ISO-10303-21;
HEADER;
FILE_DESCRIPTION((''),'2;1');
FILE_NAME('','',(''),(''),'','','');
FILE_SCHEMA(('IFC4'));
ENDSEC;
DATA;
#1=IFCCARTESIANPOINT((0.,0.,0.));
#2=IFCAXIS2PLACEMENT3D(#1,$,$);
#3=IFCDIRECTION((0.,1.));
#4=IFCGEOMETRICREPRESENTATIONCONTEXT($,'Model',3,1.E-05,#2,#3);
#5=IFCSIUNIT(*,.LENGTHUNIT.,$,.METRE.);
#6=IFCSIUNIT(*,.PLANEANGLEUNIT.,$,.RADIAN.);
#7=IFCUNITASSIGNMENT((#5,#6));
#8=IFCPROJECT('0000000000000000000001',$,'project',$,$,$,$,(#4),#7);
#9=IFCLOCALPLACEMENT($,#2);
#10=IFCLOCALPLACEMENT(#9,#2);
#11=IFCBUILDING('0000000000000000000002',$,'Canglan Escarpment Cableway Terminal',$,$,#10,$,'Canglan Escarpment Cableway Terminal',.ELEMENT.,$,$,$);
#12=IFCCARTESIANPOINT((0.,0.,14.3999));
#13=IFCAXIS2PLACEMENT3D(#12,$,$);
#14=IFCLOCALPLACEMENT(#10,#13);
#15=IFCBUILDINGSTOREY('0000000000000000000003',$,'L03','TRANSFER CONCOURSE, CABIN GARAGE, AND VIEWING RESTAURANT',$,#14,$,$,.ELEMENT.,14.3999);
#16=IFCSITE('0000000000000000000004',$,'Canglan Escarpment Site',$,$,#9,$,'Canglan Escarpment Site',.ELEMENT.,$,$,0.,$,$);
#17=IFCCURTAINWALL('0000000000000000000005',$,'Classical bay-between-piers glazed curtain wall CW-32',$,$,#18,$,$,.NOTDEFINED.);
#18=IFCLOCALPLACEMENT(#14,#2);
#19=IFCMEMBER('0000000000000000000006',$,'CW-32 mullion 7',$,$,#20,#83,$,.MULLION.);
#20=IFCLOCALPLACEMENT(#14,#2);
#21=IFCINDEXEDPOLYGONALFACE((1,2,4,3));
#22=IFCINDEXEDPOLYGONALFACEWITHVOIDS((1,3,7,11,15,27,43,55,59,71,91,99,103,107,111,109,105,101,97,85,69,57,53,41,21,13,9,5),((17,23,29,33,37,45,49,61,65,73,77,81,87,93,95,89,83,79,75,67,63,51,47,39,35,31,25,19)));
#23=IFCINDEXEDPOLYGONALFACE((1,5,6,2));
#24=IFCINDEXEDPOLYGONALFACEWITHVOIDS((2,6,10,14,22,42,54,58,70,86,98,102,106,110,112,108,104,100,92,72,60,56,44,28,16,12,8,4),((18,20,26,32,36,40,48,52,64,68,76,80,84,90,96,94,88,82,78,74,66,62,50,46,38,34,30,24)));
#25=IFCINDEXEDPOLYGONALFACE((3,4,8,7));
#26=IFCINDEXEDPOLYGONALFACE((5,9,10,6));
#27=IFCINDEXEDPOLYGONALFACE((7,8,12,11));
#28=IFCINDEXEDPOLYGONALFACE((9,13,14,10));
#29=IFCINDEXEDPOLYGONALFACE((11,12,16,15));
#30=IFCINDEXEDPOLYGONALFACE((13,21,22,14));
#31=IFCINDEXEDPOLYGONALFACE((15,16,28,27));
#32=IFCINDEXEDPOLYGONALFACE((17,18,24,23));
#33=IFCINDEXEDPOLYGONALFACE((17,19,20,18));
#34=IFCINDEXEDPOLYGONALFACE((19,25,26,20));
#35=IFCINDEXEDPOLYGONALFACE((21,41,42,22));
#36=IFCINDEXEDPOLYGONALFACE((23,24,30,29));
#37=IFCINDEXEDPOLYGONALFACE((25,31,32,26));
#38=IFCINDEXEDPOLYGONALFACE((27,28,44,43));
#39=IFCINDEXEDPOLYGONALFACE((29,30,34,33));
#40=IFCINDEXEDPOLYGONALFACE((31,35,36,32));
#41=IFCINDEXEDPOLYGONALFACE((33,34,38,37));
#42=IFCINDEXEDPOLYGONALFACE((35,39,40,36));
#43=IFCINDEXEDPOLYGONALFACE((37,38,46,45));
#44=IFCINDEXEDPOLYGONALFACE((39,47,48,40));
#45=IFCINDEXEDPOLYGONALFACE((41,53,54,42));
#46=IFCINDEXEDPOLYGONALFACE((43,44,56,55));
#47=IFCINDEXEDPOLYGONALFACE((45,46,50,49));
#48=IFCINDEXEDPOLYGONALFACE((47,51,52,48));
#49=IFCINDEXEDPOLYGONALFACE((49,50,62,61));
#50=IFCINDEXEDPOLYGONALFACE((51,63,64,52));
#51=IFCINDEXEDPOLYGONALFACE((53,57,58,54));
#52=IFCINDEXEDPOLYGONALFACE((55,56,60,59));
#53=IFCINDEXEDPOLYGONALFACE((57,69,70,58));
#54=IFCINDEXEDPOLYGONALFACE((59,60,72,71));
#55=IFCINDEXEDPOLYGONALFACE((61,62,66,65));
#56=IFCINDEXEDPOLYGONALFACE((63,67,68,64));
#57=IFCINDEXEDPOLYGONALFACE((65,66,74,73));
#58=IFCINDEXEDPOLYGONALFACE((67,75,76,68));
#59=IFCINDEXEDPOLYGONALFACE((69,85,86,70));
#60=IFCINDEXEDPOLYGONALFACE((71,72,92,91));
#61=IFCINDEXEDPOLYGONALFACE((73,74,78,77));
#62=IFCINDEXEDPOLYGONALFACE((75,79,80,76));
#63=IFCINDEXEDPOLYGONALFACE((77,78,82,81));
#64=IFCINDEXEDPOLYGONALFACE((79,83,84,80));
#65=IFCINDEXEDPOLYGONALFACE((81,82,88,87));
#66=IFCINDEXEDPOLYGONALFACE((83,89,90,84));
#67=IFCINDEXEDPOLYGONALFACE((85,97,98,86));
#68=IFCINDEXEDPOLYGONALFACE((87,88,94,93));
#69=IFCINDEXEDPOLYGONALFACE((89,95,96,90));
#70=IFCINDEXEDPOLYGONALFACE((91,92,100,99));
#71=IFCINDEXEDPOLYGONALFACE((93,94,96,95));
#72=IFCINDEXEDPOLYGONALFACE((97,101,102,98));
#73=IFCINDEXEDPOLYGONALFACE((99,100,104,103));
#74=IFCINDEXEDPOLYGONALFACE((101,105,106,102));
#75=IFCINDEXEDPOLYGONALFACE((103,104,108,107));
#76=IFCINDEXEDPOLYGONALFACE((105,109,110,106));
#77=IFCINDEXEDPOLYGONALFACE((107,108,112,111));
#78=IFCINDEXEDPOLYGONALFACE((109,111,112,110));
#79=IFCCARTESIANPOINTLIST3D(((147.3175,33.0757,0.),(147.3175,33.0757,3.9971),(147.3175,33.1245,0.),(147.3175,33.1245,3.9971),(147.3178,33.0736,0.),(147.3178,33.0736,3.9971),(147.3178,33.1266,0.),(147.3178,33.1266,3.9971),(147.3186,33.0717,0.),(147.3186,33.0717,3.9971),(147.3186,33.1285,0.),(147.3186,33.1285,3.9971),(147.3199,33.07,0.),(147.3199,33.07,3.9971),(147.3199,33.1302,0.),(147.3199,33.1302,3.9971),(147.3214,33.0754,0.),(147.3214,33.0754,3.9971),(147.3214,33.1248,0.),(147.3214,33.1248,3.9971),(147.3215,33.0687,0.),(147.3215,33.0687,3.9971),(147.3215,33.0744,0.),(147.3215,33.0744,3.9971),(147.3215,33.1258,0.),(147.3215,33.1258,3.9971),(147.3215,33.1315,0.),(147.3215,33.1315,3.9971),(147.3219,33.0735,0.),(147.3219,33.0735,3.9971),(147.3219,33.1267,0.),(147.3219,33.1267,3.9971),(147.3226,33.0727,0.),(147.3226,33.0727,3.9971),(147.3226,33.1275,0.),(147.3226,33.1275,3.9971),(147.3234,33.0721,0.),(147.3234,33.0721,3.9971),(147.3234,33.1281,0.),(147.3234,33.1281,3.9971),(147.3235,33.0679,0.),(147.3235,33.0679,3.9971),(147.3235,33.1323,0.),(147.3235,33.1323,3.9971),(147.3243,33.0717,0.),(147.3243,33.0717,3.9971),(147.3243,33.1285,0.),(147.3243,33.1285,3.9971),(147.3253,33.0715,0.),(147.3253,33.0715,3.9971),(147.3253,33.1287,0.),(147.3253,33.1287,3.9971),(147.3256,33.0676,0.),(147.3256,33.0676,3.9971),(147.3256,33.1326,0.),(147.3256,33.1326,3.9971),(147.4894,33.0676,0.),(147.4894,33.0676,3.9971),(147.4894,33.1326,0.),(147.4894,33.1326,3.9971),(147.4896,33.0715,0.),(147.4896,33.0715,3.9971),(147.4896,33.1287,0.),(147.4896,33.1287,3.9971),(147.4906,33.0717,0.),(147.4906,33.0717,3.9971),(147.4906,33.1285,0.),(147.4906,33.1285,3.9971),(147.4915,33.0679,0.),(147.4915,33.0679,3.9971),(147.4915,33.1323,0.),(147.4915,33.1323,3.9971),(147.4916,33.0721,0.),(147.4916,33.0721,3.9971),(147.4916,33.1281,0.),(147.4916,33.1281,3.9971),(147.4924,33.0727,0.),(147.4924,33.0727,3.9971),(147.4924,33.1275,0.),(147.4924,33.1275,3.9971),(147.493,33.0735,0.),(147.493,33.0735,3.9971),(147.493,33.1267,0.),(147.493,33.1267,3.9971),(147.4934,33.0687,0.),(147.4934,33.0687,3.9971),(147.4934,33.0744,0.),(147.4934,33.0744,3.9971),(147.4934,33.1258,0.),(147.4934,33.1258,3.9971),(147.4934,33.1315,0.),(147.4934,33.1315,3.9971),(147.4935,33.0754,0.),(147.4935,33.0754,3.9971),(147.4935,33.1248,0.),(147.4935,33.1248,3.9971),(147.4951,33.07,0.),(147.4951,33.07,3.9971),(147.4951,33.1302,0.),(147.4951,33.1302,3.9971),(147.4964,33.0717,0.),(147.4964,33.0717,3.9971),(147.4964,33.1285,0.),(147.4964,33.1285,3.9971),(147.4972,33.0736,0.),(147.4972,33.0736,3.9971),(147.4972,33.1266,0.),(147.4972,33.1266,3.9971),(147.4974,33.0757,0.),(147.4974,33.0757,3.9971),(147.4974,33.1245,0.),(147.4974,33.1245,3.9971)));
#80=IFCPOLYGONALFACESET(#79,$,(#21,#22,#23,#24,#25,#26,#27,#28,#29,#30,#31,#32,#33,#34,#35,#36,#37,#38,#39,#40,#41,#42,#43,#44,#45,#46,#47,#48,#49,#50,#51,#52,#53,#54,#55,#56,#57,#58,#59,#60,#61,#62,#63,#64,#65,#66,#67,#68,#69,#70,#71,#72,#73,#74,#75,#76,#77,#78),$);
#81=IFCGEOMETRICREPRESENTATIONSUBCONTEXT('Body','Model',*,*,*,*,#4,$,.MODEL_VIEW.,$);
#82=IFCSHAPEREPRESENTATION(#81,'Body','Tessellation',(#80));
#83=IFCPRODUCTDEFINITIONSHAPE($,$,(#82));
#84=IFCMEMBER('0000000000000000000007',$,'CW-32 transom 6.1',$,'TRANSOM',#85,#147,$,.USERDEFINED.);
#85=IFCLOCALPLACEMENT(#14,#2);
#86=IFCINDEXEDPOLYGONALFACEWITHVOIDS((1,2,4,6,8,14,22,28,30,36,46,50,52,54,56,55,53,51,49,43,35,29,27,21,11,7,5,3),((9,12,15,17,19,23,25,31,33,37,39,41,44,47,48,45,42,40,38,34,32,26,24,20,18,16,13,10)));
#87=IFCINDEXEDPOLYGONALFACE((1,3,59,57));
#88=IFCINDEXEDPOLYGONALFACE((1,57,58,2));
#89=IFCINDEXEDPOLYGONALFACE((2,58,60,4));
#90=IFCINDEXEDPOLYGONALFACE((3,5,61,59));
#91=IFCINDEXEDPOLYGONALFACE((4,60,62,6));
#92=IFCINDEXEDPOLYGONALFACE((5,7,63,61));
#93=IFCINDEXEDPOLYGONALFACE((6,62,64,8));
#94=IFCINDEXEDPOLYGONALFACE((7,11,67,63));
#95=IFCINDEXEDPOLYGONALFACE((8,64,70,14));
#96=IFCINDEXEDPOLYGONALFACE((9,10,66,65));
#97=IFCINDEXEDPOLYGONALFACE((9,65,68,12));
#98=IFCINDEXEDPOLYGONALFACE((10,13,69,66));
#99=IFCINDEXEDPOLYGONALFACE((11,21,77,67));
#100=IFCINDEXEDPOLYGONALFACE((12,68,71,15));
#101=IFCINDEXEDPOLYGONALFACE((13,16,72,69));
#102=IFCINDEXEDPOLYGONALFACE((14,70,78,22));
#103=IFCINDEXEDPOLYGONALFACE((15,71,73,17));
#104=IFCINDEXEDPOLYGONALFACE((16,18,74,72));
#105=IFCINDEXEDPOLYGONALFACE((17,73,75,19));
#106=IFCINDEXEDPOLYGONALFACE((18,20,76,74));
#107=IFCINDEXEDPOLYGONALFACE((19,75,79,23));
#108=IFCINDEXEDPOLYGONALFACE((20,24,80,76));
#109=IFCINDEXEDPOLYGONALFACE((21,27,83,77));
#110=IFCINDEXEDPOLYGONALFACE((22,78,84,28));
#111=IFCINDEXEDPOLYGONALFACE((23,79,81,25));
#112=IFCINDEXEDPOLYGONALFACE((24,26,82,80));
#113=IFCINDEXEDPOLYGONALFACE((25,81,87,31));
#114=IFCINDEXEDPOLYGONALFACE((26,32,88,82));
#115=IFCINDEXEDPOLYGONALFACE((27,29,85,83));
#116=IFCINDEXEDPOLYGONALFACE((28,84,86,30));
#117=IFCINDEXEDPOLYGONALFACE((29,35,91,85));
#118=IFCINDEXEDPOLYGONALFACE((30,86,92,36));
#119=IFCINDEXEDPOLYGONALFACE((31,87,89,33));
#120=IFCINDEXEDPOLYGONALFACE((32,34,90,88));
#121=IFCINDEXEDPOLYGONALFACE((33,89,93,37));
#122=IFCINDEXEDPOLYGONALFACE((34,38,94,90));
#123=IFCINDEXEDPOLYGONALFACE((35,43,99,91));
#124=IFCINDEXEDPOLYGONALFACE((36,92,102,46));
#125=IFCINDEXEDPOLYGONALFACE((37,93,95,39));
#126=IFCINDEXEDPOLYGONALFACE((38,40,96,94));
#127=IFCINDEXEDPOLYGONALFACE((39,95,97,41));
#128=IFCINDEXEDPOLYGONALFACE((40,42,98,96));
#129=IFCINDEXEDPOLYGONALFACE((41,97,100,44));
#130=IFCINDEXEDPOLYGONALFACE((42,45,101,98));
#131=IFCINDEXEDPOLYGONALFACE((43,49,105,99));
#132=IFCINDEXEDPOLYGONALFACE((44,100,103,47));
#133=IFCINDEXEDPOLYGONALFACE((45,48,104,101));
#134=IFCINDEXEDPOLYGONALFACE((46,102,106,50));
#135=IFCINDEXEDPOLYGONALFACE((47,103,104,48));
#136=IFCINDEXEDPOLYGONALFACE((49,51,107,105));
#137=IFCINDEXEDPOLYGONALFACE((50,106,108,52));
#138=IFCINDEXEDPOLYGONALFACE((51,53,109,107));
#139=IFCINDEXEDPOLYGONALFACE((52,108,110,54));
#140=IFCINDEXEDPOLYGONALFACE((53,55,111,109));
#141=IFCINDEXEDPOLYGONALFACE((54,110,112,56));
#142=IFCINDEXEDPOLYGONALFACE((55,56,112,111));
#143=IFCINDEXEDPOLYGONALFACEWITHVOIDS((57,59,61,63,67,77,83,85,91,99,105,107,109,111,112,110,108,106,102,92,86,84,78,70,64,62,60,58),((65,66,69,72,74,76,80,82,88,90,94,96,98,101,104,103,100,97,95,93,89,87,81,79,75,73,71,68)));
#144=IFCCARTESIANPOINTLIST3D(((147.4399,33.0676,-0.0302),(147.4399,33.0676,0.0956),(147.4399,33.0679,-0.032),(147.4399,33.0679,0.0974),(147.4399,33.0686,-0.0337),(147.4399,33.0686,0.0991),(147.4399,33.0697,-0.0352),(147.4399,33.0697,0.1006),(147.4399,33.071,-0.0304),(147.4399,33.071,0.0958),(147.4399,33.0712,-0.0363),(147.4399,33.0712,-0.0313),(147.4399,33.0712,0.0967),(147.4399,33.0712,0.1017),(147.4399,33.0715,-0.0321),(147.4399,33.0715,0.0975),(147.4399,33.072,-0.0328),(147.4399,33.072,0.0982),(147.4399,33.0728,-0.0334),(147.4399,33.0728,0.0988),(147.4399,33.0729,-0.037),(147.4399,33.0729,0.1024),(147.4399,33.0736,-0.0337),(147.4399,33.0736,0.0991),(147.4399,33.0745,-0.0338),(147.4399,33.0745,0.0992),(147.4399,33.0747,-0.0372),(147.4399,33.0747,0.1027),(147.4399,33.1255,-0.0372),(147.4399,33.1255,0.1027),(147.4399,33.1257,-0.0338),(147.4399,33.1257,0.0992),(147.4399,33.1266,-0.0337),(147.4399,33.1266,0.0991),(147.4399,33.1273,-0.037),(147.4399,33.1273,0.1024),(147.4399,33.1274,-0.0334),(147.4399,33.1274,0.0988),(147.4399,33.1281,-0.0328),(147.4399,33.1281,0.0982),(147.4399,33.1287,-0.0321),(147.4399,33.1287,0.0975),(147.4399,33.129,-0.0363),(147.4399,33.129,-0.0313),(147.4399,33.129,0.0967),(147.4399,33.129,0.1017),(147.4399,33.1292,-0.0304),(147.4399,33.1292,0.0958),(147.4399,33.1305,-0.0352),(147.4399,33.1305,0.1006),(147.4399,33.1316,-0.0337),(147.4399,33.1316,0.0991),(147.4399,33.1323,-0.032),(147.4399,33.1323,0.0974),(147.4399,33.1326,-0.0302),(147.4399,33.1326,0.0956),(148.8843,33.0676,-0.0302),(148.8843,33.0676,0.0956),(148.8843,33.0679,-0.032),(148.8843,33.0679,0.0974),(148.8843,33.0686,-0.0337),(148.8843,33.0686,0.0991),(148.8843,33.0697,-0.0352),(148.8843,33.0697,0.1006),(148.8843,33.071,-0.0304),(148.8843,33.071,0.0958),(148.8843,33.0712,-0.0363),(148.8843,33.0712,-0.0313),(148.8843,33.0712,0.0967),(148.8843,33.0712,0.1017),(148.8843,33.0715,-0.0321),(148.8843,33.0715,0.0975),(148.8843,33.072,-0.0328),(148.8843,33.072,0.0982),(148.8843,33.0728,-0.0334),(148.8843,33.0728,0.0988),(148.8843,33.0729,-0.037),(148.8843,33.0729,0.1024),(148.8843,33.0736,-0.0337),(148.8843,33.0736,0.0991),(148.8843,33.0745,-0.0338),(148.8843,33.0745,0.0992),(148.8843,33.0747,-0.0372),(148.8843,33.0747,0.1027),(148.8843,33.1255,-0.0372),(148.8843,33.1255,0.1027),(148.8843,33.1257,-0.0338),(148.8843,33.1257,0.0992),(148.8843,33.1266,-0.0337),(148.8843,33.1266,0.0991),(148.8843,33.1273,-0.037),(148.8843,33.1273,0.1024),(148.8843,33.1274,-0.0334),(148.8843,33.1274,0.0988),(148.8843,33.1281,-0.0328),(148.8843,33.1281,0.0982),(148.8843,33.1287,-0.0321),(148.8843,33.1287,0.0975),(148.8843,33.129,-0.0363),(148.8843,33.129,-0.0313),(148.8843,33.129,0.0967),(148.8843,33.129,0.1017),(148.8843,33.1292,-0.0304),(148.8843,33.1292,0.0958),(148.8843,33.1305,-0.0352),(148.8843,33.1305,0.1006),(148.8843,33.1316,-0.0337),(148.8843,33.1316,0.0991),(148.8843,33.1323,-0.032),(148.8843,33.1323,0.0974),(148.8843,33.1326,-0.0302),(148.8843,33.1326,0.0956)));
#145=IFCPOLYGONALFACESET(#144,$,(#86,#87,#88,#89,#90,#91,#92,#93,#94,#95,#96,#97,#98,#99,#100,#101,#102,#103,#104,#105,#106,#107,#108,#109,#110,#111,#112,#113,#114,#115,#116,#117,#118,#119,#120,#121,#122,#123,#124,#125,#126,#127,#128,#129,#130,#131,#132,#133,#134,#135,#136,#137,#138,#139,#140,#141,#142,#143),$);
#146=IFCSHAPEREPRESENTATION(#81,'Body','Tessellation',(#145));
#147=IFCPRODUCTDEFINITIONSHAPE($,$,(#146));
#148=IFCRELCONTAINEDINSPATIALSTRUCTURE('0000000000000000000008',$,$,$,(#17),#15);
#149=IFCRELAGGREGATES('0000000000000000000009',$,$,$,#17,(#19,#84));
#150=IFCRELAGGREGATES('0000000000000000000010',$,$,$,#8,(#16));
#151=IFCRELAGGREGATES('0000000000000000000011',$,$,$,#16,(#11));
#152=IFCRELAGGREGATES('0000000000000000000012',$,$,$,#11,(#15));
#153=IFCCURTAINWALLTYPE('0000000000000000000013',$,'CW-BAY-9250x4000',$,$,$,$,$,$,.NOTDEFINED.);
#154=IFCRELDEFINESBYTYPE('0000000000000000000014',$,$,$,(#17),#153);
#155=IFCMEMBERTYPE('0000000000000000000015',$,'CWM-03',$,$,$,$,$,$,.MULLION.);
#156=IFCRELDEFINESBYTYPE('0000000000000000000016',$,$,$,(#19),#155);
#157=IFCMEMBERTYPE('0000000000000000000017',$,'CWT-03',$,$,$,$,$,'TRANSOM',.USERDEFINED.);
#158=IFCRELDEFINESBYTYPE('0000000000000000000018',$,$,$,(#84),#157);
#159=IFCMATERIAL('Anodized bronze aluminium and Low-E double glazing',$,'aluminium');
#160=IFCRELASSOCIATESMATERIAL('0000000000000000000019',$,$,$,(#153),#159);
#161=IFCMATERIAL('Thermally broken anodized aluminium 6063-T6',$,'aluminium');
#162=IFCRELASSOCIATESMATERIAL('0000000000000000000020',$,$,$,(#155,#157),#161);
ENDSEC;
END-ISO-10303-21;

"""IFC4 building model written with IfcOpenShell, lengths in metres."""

from ifc_helpers import new_model, si_unit, direction, frame, origin, origin_2d, place, context, subcontext, project, spatial, hollow_rectangle, extrude, material, material_profile, profile_set, type_object, element, aggregate, save


model = new_model("IFC4")

# Units and contexts
model_context = context("Model", 3, precision=1e-05, world=origin(), true_north=direction((0.0, 1.0)))
body_context = subcontext(model_context, "Body", "Model", "MODEL_VIEW")
ifc_project = project(units=[si_unit("LENGTHUNIT", "METRE"), si_unit("PLANEANGLEUNIT", "RADIAN")], contexts=[model_context])

# Site, building, storey
site_placement = place(None, origin())
site = spatial("IfcSite", under=ifc_project, at=site_placement, Name="Canglan Escarpment Site", LongName="Canglan Escarpment Site", CompositionType="ELEMENT", RefElevation=0.0)
building_placement = place(site_placement, origin())
building = spatial("IfcBuilding", under=site, at=building_placement, Name="Canglan Escarpment Cableway Terminal", LongName="Canglan Escarpment Cableway Terminal", CompositionType="ELEMENT")
storey_placement = place(building_placement, frame((0.0, 0.0, 14.3999)))
storey = spatial("IfcBuildingStorey", under=building, at=storey_placement, Name="L03", Description="TRANSFER CONCOURSE, CABIN GARAGE, AND VIEWING RESTAURANT", CompositionType="ELEMENT", Elevation=14.3999)

# Curtain wall, members
ifc_material_1 = material(Name="Anodized bronze aluminium and Low-E double glazing", Category="aluminium")
curtain_wall_type = type_object("IfcCurtainWallType", Name="CW-BAY-9250x4000", PredefinedType="NOTDEFINED", material=ifc_material_1)
curtain_wall_placement = place(storey_placement, origin())
curtain_wall = element("IfcCurtainWall", 1, at=curtain_wall_placement, inside=storey, type_object=curtain_wall_type, Name="Classical bay-between-piers glazed curtain wall CW-32", PredefinedType="NOTDEFINED")
ifc_material_2 = material(Name="Thermally broken anodized aluminium 6063-T6", Category="aluminium")
ifc_material_profile_1 = material_profile(ifc_material_2, hollow_rectangle(XDim=0.0649, YDim=0.1799, WallThickness=0.0039, InnerFilletRadius=0.0039, OuterFilletRadius=0.0081, at=origin_2d()), Name="ALU-MULL 65x180x4")
ifc_profile_set_1 = profile_set([ifc_material_profile_1], Name="Thermally broken anodized aluminium 6063-T6")
member_type_1 = type_object("IfcMemberType", Name="CWM-03", PredefinedType="MULLION", material=ifc_profile_set_1)
member_1_placement = place(storey_placement, frame((147.4075, 33.1001, 0.0), z_axis=(0.0, 0.0, 1.0), x_axis=(0.0, -1.0, 0.0)))
member_1 = element("IfcMember", 2, at=member_1_placement, type_object=member_type_1, Name="CW-32 mullion 7", PredefinedType="MULLION", context=body_context, shape_type="SweptSolid", body=[
    extrude(hollow_rectangle(XDim=0.0649, YDim=0.1799, WallThickness=0.0039, InnerFilletRadius=0.0039, OuterFilletRadius=0.0081, at=origin_2d()), origin(), (0.0, 0.0, 1.0), 3.9971),
])
ifc_material_profile_2 = material_profile(ifc_material_2, hollow_rectangle(XDim=0.0649, YDim=0.1399, WallThickness=0.0034, InnerFilletRadius=0.0034, OuterFilletRadius=0.0071, at=origin_2d()), Name="ALU-TRAN 65x140x3.5")
ifc_profile_set_2 = profile_set([ifc_material_profile_2], Name="Thermally broken anodized aluminium 6063-T6")
member_type_2 = type_object("IfcMemberType", Name="CWT-03", ElementType="TRANSOM", PredefinedType="USERDEFINED", material=ifc_profile_set_2)
member_2_placement = place(storey_placement, frame((148.8843, 33.1001, 0.0327), z_axis=(-1.0, 0.0, 0.0), x_axis=(0.0, -1.0, 0.0)))
member_2 = element("IfcMember", 3, at=member_2_placement, type_object=member_type_2, Name="CW-32 transom 6.1", ObjectType="TRANSOM", PredefinedType="USERDEFINED", context=body_context, shape_type="SweptSolid", body=[
    extrude(hollow_rectangle(XDim=0.0649, YDim=0.1399, WallThickness=0.0034, InnerFilletRadius=0.0034, OuterFilletRadius=0.0071, at=origin_2d()), origin(), (0.0, 0.0, 1.0), 1.4443),
])

aggregate(curtain_wall, [member_1, member_2])

save(model, "model.ifc")
